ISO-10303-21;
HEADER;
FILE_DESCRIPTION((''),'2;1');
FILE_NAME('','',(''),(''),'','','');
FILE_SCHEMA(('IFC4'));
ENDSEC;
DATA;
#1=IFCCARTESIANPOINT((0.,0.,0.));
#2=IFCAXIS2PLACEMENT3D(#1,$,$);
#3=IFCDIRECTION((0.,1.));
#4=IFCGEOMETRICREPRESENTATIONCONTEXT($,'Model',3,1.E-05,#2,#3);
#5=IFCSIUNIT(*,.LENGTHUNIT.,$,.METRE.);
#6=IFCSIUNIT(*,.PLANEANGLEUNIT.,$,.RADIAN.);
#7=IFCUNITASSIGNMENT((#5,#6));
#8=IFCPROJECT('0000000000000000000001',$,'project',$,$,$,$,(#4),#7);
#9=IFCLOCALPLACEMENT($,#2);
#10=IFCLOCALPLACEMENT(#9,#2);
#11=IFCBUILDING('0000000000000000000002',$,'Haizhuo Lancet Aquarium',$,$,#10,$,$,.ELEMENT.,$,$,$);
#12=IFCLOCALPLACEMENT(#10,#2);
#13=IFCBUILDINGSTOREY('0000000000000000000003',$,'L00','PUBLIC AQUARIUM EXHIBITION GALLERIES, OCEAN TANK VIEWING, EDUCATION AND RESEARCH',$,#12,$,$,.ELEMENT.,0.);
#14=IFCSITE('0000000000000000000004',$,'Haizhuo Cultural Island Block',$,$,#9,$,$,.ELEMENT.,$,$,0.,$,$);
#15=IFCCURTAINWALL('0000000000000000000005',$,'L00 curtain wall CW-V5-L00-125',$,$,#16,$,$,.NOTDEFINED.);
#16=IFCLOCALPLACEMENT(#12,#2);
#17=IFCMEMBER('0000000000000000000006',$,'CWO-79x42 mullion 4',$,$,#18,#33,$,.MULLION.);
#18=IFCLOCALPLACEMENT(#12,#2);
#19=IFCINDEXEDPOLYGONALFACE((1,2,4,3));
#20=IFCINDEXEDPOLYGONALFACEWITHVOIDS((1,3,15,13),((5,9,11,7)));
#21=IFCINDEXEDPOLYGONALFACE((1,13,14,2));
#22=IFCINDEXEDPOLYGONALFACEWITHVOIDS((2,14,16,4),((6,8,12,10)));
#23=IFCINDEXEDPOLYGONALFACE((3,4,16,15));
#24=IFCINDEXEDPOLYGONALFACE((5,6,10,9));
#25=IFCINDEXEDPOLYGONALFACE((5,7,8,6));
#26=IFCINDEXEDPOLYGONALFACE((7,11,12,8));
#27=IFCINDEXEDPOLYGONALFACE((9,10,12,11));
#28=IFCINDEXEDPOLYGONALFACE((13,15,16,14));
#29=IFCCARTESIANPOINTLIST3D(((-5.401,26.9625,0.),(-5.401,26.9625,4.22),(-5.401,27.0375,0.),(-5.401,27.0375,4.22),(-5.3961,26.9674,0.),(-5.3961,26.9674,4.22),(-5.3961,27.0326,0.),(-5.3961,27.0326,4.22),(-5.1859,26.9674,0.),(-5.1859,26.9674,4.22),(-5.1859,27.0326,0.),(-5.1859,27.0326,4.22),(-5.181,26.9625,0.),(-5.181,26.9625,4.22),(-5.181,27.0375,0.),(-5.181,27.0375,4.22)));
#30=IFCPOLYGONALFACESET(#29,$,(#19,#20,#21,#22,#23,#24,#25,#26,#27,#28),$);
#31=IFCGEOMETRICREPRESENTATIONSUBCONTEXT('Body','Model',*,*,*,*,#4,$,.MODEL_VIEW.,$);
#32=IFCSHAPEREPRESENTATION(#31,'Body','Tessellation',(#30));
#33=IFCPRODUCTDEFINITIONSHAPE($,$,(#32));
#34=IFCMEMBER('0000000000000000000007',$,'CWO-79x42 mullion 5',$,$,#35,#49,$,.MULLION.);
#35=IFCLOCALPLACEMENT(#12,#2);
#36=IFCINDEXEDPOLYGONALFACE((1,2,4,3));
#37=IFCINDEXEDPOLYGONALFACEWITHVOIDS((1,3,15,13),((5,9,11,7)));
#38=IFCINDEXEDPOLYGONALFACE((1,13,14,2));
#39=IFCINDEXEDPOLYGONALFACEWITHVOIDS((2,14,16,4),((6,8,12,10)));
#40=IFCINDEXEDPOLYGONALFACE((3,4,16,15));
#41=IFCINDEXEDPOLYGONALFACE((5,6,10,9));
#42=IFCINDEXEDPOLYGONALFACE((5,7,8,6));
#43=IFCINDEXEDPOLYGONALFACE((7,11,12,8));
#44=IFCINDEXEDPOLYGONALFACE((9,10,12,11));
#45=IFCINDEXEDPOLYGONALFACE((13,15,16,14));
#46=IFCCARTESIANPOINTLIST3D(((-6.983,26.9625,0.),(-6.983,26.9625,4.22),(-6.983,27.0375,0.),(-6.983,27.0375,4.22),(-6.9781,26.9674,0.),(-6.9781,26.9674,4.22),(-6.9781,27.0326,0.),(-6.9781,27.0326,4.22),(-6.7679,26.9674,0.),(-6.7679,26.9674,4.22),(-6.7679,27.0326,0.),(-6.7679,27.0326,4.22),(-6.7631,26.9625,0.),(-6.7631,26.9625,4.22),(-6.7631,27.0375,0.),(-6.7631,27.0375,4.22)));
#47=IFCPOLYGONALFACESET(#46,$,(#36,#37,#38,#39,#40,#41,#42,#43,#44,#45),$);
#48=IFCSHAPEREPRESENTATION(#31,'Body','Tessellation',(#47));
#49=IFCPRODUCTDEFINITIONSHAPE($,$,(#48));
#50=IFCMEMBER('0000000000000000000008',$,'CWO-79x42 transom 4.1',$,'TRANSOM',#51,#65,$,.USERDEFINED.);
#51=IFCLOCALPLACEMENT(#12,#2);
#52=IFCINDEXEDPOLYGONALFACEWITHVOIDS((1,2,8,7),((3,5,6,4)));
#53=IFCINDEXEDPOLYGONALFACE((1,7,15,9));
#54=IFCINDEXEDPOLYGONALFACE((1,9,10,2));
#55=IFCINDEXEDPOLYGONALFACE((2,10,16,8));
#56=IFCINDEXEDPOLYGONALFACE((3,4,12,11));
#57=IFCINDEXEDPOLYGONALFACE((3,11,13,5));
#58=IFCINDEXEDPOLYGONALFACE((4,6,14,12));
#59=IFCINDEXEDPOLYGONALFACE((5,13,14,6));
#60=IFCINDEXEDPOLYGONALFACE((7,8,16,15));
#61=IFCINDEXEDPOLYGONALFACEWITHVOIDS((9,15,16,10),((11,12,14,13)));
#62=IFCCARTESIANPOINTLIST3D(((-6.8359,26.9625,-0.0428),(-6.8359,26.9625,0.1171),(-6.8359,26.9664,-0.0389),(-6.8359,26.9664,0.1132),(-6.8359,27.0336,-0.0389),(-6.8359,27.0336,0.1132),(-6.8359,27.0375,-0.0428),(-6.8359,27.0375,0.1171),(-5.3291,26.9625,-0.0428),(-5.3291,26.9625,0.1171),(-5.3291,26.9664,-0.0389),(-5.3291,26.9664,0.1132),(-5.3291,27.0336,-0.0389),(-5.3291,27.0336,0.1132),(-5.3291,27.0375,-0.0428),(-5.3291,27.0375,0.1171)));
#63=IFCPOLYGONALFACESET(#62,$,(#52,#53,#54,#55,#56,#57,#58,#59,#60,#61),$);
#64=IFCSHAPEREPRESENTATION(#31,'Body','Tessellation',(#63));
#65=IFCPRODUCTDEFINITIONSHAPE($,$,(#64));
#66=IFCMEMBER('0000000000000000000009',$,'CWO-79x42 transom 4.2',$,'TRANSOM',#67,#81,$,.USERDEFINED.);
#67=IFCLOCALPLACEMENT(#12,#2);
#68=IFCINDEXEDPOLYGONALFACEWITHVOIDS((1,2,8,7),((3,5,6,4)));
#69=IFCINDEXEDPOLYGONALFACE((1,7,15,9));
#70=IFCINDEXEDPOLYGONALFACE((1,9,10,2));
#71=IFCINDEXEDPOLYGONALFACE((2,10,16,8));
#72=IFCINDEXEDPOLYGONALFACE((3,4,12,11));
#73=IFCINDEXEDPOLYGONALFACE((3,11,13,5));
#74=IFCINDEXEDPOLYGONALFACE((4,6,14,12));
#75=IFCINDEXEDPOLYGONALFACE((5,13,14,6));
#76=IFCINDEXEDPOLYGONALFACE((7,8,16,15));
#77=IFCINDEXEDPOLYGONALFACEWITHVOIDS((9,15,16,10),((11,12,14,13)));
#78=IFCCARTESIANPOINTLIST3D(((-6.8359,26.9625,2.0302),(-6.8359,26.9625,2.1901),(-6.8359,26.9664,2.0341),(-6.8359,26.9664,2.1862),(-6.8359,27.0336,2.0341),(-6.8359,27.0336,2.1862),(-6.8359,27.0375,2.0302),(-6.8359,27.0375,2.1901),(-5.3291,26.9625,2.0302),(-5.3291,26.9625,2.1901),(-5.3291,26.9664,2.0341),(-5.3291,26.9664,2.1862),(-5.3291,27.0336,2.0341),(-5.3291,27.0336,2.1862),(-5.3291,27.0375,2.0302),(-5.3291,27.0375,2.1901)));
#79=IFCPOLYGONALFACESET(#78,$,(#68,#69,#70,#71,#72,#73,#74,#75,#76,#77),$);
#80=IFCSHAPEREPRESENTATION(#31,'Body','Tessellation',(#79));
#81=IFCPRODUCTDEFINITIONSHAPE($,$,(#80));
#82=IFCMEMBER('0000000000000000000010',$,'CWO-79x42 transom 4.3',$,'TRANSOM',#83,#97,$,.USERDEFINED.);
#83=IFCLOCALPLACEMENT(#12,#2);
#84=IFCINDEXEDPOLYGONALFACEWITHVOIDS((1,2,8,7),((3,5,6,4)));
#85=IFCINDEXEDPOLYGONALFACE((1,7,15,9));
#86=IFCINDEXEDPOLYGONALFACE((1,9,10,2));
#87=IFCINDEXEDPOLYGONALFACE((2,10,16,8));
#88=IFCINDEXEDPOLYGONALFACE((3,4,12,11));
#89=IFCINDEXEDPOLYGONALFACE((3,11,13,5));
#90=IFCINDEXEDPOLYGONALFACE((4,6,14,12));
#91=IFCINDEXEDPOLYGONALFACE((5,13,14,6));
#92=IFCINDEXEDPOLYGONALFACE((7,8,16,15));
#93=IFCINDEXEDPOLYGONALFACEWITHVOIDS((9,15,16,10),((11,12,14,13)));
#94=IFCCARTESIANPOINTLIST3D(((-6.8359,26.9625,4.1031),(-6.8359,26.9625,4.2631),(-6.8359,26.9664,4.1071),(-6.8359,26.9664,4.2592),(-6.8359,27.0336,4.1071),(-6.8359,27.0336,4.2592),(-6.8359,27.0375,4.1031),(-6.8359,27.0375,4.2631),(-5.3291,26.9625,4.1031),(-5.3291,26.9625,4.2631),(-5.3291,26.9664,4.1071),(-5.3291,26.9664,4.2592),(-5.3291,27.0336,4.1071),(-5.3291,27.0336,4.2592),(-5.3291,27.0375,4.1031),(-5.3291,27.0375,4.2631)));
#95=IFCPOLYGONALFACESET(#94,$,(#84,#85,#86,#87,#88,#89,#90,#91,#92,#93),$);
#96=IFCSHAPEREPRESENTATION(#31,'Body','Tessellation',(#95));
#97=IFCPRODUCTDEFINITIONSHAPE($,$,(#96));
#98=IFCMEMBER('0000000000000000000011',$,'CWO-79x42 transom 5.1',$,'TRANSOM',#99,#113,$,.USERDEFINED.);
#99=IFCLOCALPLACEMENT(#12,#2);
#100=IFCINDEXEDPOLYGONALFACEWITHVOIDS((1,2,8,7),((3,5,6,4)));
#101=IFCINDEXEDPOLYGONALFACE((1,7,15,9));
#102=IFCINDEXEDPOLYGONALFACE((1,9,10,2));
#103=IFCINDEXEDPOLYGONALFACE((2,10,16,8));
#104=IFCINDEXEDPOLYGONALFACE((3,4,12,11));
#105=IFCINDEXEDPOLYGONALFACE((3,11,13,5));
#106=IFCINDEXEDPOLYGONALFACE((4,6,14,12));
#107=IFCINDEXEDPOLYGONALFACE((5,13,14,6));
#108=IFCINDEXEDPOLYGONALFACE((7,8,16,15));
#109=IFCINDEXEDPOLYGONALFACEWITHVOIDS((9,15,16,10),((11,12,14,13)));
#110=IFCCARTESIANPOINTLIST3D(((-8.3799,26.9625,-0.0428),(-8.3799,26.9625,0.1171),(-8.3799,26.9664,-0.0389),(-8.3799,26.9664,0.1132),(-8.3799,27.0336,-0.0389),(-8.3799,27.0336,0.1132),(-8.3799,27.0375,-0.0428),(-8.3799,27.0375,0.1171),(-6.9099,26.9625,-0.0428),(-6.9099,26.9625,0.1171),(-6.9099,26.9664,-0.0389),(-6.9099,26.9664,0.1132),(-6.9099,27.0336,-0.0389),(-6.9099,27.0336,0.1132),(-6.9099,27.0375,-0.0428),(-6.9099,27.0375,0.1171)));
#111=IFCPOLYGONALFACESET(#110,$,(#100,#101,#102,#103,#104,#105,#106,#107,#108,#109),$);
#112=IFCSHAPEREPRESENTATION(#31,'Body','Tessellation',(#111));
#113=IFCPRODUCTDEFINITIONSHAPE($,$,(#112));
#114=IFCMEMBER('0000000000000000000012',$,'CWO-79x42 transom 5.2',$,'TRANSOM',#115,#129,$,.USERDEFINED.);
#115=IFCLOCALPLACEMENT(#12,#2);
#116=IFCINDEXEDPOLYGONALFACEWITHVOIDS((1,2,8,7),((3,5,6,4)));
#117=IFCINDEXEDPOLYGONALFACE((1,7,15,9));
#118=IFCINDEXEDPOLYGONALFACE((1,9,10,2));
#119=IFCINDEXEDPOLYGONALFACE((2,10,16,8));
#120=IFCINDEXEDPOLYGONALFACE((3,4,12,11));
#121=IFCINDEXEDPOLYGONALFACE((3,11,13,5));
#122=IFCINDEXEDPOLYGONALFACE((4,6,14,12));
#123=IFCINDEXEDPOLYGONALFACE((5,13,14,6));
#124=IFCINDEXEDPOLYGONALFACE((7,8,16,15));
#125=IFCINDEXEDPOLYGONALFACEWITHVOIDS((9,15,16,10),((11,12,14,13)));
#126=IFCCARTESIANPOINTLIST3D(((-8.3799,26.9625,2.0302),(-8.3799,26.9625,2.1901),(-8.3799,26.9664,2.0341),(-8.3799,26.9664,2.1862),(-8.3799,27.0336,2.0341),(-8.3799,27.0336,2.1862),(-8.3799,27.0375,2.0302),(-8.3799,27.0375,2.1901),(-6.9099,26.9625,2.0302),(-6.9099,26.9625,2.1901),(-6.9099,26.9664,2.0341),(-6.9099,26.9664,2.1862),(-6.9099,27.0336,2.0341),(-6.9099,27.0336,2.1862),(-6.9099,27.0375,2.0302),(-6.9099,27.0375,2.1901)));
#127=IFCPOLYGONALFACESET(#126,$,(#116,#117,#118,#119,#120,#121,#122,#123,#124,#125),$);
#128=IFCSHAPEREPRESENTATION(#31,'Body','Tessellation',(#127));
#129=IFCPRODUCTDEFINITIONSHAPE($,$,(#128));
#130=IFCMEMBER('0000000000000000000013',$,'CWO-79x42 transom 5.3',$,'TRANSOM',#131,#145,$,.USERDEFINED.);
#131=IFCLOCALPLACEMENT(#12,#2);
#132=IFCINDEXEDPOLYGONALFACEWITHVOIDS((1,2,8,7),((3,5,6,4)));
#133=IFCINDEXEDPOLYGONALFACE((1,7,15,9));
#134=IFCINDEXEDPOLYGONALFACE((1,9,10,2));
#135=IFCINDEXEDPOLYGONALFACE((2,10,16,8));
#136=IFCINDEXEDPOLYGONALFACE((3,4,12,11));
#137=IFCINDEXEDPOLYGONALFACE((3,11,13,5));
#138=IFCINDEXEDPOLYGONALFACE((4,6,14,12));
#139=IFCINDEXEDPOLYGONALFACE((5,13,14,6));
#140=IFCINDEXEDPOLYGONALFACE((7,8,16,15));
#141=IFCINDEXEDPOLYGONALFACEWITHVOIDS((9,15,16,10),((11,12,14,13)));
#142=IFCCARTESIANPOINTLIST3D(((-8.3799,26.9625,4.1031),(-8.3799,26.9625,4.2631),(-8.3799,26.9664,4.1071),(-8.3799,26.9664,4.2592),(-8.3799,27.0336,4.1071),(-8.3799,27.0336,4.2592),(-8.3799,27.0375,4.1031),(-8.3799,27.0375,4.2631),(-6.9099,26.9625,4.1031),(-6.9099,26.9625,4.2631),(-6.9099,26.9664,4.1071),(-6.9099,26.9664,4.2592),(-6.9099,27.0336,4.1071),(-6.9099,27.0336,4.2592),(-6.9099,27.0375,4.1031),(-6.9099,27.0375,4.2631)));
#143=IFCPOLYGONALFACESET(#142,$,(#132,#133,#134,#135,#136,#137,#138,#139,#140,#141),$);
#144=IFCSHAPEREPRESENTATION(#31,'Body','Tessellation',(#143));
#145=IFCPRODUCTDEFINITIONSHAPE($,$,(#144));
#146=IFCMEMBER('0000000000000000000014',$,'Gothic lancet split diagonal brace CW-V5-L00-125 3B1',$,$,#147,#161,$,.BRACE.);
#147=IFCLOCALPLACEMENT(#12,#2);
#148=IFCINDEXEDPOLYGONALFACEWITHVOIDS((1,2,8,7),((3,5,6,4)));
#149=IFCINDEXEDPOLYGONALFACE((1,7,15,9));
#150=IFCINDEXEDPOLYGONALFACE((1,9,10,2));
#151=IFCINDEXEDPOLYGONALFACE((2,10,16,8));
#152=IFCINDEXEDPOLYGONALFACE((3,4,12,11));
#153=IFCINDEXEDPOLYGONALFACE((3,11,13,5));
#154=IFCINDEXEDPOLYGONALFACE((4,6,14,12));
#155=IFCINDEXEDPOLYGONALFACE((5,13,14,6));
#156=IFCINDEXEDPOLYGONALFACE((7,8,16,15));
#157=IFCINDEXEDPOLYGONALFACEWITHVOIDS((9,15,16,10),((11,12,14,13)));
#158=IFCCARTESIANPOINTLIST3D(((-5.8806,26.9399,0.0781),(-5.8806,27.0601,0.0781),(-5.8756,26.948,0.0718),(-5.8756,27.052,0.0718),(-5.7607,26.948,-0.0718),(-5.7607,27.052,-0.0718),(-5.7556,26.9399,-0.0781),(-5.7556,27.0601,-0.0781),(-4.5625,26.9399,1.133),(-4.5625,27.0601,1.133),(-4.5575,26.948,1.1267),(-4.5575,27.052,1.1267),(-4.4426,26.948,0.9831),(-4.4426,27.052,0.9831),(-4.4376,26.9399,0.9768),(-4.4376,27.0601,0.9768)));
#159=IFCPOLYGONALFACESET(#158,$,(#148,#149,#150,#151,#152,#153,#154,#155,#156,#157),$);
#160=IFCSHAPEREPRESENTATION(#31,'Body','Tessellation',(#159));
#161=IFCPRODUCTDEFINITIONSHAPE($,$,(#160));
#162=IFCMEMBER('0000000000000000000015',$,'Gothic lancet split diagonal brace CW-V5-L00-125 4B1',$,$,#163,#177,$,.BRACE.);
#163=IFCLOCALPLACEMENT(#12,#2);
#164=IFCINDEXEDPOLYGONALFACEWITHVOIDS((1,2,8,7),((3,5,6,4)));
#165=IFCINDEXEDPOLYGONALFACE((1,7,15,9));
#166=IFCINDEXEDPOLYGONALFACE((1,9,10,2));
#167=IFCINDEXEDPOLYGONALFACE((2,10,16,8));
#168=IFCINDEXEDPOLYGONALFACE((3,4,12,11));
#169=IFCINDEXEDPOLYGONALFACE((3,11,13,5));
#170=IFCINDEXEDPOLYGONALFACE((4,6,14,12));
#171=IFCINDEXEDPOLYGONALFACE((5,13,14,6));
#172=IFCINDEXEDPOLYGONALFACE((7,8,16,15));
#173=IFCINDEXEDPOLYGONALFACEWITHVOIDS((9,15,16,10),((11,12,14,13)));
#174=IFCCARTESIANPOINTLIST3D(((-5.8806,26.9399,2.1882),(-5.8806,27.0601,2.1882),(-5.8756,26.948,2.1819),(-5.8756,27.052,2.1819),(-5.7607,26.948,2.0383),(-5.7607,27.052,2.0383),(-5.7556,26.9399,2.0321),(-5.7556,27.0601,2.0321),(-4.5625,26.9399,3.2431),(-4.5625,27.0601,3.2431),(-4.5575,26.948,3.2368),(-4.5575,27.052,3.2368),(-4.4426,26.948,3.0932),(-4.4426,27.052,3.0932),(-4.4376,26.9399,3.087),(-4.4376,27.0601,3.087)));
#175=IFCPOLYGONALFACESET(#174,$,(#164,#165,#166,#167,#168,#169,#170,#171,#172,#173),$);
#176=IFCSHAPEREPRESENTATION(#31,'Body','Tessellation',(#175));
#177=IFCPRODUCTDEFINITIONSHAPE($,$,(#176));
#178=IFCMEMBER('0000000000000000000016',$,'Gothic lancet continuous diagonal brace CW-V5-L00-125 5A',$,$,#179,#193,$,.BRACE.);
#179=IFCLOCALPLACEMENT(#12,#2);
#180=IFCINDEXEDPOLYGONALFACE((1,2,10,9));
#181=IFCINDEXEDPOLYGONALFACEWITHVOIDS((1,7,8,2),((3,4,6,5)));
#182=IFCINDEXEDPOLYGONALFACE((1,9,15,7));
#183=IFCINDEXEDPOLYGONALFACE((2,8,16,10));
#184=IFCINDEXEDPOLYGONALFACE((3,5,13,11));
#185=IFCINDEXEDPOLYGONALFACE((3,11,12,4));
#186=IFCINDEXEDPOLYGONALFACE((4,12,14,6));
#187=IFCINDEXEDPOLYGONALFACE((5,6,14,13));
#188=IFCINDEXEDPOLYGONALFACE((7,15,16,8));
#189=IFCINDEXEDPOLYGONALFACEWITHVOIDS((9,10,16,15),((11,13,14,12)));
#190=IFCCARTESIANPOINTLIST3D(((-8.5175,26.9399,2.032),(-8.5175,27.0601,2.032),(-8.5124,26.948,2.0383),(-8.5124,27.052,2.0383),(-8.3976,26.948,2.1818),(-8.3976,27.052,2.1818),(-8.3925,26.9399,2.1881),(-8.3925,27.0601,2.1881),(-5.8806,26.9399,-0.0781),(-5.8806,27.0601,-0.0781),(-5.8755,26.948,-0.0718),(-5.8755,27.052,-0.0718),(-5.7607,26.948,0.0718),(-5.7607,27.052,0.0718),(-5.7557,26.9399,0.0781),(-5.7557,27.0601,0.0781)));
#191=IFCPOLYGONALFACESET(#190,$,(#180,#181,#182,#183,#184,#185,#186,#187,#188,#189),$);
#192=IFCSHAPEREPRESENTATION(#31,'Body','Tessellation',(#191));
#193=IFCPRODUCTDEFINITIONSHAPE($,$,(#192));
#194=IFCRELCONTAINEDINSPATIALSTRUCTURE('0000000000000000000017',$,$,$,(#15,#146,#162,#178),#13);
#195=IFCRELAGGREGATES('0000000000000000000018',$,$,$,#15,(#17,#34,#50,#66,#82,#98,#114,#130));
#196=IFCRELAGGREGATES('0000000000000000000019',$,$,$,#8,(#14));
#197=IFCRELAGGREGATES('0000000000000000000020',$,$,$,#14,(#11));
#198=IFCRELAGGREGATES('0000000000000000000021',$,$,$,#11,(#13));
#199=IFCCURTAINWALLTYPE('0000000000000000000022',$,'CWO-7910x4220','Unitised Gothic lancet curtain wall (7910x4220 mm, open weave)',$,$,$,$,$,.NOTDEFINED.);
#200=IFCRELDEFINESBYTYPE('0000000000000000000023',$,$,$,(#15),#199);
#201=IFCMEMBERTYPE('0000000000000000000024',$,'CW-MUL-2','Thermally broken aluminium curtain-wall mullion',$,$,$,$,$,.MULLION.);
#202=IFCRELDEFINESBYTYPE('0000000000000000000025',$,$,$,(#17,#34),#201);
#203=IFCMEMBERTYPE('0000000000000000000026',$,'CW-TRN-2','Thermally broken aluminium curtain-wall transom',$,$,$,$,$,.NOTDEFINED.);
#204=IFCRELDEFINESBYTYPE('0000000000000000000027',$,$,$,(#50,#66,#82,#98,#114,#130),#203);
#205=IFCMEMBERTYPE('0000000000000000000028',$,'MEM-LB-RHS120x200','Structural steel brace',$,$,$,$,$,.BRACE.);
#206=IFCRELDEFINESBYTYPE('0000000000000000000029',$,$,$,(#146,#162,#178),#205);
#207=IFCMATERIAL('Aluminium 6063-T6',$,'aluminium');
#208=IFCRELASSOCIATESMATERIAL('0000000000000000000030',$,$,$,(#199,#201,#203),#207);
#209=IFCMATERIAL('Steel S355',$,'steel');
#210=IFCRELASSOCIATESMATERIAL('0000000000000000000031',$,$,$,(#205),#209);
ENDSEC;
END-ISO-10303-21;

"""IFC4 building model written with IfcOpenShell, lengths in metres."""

from ifc_helpers import new_model, si_unit, direction, frame, origin, origin_2d, place, context, subcontext, project, spatial, hollow_rectangle, extrude, material, material_profile, profile_set, type_object, element, aggregate, save


model = new_model("IFC4")

# Units and contexts
model_context = context("Model", 3, precision=1e-05, world=origin(), true_north=direction((0.0, 1.0)))
body_context = subcontext(model_context, "Body", "Model", "MODEL_VIEW")
ifc_project = project(units=[si_unit("LENGTHUNIT", "METRE"), si_unit("PLANEANGLEUNIT", "RADIAN")], contexts=[model_context])

# Site, building, storey
site_placement = place(None, origin())
site = spatial("IfcSite", under=ifc_project, at=site_placement, Name="Haizhuo Cultural Island Block", CompositionType="ELEMENT", RefElevation=0.0)
building_placement = place(site_placement, origin())
building = spatial("IfcBuilding", under=site, at=building_placement, Name="Haizhuo Lancet Aquarium", CompositionType="ELEMENT")
storey_placement = place(building_placement, origin())
storey = spatial("IfcBuildingStorey", under=building, at=storey_placement, Name="L00", Description="PUBLIC AQUARIUM EXHIBITION GALLERIES, OCEAN TANK VIEWING, EDUCATION AND RESEARCH", CompositionType="ELEMENT", Elevation=0.0)

# Curtain wall, members
ifc_material_1 = material(Name="Aluminium 6063-T6", Category="aluminium")
curtain_wall_type = type_object("IfcCurtainWallType", Name="CWO-7910x4220", Description="Unitised Gothic lancet curtain wall (7910x4220 mm, open weave)", PredefinedType="NOTDEFINED", material=ifc_material_1)
curtain_wall_placement = place(storey_placement, origin())
curtain_wall = element("IfcCurtainWall", 1, at=curtain_wall_placement, inside=storey, type_object=curtain_wall_type, Name="L00 curtain wall CW-V5-L00-125", PredefinedType="NOTDEFINED")
ifc_material_profile_1 = material_profile(ifc_material_1, hollow_rectangle(XDim=0.075, YDim=0.22, WallThickness=0.0049, at=origin_2d()), Name="ALU-M 75x220x5")
ifc_profile_set_1 = profile_set([ifc_material_profile_1], Name="Aluminium 6063-T6")
member_type_1 = type_object("IfcMemberType", Name="CW-MUL-2", Description="Thermally broken aluminium curtain-wall mullion", PredefinedType="MULLION", material=ifc_profile_set_1)
member_1_placement = place(storey_placement, frame((-5.291, 27.0, 0.0), z_axis=(0.0, 0.0, 1.0), x_axis=(0.0, -1.0, 0.0)))
member_1 = element("IfcMember", 2, at=member_1_placement, type_object=member_type_1, Name="CWO-79x42 mullion 4", PredefinedType="MULLION", context=body_context, shape_type="SweptSolid", body=[
    extrude(hollow_rectangle(XDim=0.075, YDim=0.22, WallThickness=0.0049, at=origin_2d()), origin(), (0.0, 0.0, 1.0), 4.22),
])
member_2_placement = place(storey_placement, frame((-6.873, 27.0, 0.0), z_axis=(0.0, 0.0, 1.0), x_axis=(0.0, -1.0, 0.0)))
member_2 = element("IfcMember", 3, at=member_2_placement, type_object=member_type_1, Name="CWO-79x42 mullion 5", PredefinedType="MULLION", context=body_context, shape_type="SweptSolid", body=[
    extrude(hollow_rectangle(XDim=0.075, YDim=0.22, WallThickness=0.0049, at=origin_2d()), origin(), (0.0, 0.0, 1.0), 4.22),
])
ifc_material_profile_2 = material_profile(ifc_material_1, hollow_rectangle(XDim=0.075, YDim=0.1599, WallThickness=0.0039, at=origin_2d()), Name="ALU-T 75x160x4")
ifc_profile_set_2 = profile_set([ifc_material_profile_2], Name="Aluminium 6063-T6")
member_type_2 = type_object("IfcMemberType", Name="CW-TRN-2", Description="Thermally broken aluminium curtain-wall transom", PredefinedType="NOTDEFINED", material=ifc_profile_set_2)
member_3_placement = place(storey_placement, frame((-5.3291, 27.0, 0.0371), z_axis=(-1.0, 0.0, 0.0), x_axis=(0.0, -1.0, 0.0)))
member_3 = element("IfcMember", 4, at=member_3_placement, type_object=member_type_2, Name="CWO-79x42 transom 4.1", ObjectType="TRANSOM", PredefinedType="USERDEFINED", context=body_context, shape_type="SweptSolid", body=[
    extrude(hollow_rectangle(XDim=0.075, YDim=0.1599, WallThickness=0.0039, at=origin_2d()), origin(), (0.0, 0.0, 1.0), 1.5068),
])
member_4_placement = place(storey_placement, frame((-5.3291, 27.0, 2.1101), z_axis=(-1.0, 0.0, 0.0), x_axis=(0.0, -1.0, 0.0)))
member_4 = element("IfcMember", 5, at=member_4_placement, type_object=member_type_2, Name="CWO-79x42 transom 4.2", ObjectType="TRANSOM", PredefinedType="USERDEFINED", context=body_context, shape_type="SweptSolid", body=[
    extrude(hollow_rectangle(XDim=0.075, YDim=0.1599, WallThickness=0.0039, at=origin_2d()), origin(), (0.0, 0.0, 1.0), 1.5068),
])
member_5_placement = place(storey_placement, frame((-5.3291, 27.0, 4.1831), z_axis=(-1.0, 0.0, 0.0), x_axis=(0.0, -1.0, 0.0)))
member_5 = element("IfcMember", 6, at=member_5_placement, type_object=member_type_2, Name="CWO-79x42 transom 4.3", ObjectType="TRANSOM", PredefinedType="USERDEFINED", context=body_context, shape_type="SweptSolid", body=[
    extrude(hollow_rectangle(XDim=0.075, YDim=0.1599, WallThickness=0.0039, at=origin_2d()), origin(), (0.0, 0.0, 1.0), 1.5068),
])
member_6_placement = place(storey_placement, frame((-6.9099, 27.0, 0.0371), z_axis=(-1.0, 0.0, 0.0), x_axis=(0.0, -1.0, 0.0)))
member_6 = element("IfcMember", 7, at=member_6_placement, type_object=member_type_2, Name="CWO-79x42 transom 5.1", ObjectType="TRANSOM", PredefinedType="USERDEFINED", context=body_context, shape_type="SweptSolid", body=[
    extrude(hollow_rectangle(XDim=0.075, YDim=0.1599, WallThickness=0.0039, at=origin_2d()), origin(), (0.0, 0.0, 1.0), 1.47),
])
member_7_placement = place(storey_placement, frame((-6.9099, 27.0, 2.1101), z_axis=(-1.0, 0.0, 0.0), x_axis=(0.0, -1.0, 0.0)))
member_7 = element("IfcMember", 8, at=member_7_placement, type_object=member_type_2, Name="CWO-79x42 transom 5.2", ObjectType="TRANSOM", PredefinedType="USERDEFINED", context=body_context, shape_type="SweptSolid", body=[
    extrude(hollow_rectangle(XDim=0.075, YDim=0.1599, WallThickness=0.0039, at=origin_2d()), origin(), (0.0, 0.0, 1.0), 1.47),
])
member_8_placement = place(storey_placement, frame((-6.9099, 27.0, 4.1831), z_axis=(-1.0, 0.0, 0.0), x_axis=(0.0, -1.0, 0.0)))
member_8 = element("IfcMember", 9, at=member_8_placement, type_object=member_type_2, Name="CWO-79x42 transom 5.3", ObjectType="TRANSOM", PredefinedType="USERDEFINED", context=body_context, shape_type="SweptSolid", body=[
    extrude(hollow_rectangle(XDim=0.075, YDim=0.1599, WallThickness=0.0039, at=origin_2d()), origin(), (0.0, 0.0, 1.0), 1.47),
])

# Members
ifc_material_2 = material(Name="Steel S355", Category="steel")
ifc_material_profile_3 = material_profile(ifc_material_2, hollow_rectangle(XDim=0.1201, YDim=0.2, WallThickness=0.0081, at=origin_2d()), Name="RHS 120x200x8")
ifc_profile_set_3 = profile_set([ifc_material_profile_3], Name="Steel S355")
member_type_3 = type_object("IfcMemberType", Name="MEM-LB-RHS120x200", Description="Structural steel brace", PredefinedType="BRACE", material=ifc_profile_set_3)
for number, where, z_axis, x_axis, name in (
    (10, (-5.8181, 27.0, 0.0), (0.780742, 0.0, 0.624854), (0.0, 1.0, 0.0), "Gothic lancet split diagonal brace CW-V5-L00-125 3B1"),
    (11, (-5.8181, 27.0, 2.1101), (0.780742, 0.0, 0.624854), (0.0, 1.0, 0.0), "Gothic lancet split diagonal brace CW-V5-L00-125 4B1"),
):
    element("IfcMember", number, at=place(storey_placement, frame(where, z_axis=z_axis, x_axis=x_axis)), inside=storey, type_object=member_type_3, Name=name, PredefinedType="BRACE", context=body_context, shape_type="SweptSolid", body=[
        extrude(hollow_rectangle(XDim=0.1201, YDim=0.2, WallThickness=0.0081, at=origin_2d()), origin(), (0.0, 0.0, 1.0), 1.6882),
    ])
for number, where, z_axis, x_axis, name in (
    (12, (-5.8181, 27.0, 0.0), (-0.780791, 0.0, 0.624792), (0.0, -1.0, 0.0), "Gothic lancet continuous diagonal brace CW-V5-L00-125 5A"),
):
    element("IfcMember", number, at=place(storey_placement, frame(where, z_axis=z_axis, x_axis=x_axis)), inside=storey, type_object=member_type_3, Name=name, PredefinedType="BRACE", context=body_context, shape_type="SweptSolid", body=[
        extrude(hollow_rectangle(XDim=0.1201, YDim=0.2, WallThickness=0.0081, at=origin_2d()), origin(), (0.0, 0.0, 1.0), 3.3772),
    ])

aggregate(curtain_wall, [member_1, member_2, member_3, member_4, member_5, member_6, member_7, member_8])

save(model, "model.ifc")
